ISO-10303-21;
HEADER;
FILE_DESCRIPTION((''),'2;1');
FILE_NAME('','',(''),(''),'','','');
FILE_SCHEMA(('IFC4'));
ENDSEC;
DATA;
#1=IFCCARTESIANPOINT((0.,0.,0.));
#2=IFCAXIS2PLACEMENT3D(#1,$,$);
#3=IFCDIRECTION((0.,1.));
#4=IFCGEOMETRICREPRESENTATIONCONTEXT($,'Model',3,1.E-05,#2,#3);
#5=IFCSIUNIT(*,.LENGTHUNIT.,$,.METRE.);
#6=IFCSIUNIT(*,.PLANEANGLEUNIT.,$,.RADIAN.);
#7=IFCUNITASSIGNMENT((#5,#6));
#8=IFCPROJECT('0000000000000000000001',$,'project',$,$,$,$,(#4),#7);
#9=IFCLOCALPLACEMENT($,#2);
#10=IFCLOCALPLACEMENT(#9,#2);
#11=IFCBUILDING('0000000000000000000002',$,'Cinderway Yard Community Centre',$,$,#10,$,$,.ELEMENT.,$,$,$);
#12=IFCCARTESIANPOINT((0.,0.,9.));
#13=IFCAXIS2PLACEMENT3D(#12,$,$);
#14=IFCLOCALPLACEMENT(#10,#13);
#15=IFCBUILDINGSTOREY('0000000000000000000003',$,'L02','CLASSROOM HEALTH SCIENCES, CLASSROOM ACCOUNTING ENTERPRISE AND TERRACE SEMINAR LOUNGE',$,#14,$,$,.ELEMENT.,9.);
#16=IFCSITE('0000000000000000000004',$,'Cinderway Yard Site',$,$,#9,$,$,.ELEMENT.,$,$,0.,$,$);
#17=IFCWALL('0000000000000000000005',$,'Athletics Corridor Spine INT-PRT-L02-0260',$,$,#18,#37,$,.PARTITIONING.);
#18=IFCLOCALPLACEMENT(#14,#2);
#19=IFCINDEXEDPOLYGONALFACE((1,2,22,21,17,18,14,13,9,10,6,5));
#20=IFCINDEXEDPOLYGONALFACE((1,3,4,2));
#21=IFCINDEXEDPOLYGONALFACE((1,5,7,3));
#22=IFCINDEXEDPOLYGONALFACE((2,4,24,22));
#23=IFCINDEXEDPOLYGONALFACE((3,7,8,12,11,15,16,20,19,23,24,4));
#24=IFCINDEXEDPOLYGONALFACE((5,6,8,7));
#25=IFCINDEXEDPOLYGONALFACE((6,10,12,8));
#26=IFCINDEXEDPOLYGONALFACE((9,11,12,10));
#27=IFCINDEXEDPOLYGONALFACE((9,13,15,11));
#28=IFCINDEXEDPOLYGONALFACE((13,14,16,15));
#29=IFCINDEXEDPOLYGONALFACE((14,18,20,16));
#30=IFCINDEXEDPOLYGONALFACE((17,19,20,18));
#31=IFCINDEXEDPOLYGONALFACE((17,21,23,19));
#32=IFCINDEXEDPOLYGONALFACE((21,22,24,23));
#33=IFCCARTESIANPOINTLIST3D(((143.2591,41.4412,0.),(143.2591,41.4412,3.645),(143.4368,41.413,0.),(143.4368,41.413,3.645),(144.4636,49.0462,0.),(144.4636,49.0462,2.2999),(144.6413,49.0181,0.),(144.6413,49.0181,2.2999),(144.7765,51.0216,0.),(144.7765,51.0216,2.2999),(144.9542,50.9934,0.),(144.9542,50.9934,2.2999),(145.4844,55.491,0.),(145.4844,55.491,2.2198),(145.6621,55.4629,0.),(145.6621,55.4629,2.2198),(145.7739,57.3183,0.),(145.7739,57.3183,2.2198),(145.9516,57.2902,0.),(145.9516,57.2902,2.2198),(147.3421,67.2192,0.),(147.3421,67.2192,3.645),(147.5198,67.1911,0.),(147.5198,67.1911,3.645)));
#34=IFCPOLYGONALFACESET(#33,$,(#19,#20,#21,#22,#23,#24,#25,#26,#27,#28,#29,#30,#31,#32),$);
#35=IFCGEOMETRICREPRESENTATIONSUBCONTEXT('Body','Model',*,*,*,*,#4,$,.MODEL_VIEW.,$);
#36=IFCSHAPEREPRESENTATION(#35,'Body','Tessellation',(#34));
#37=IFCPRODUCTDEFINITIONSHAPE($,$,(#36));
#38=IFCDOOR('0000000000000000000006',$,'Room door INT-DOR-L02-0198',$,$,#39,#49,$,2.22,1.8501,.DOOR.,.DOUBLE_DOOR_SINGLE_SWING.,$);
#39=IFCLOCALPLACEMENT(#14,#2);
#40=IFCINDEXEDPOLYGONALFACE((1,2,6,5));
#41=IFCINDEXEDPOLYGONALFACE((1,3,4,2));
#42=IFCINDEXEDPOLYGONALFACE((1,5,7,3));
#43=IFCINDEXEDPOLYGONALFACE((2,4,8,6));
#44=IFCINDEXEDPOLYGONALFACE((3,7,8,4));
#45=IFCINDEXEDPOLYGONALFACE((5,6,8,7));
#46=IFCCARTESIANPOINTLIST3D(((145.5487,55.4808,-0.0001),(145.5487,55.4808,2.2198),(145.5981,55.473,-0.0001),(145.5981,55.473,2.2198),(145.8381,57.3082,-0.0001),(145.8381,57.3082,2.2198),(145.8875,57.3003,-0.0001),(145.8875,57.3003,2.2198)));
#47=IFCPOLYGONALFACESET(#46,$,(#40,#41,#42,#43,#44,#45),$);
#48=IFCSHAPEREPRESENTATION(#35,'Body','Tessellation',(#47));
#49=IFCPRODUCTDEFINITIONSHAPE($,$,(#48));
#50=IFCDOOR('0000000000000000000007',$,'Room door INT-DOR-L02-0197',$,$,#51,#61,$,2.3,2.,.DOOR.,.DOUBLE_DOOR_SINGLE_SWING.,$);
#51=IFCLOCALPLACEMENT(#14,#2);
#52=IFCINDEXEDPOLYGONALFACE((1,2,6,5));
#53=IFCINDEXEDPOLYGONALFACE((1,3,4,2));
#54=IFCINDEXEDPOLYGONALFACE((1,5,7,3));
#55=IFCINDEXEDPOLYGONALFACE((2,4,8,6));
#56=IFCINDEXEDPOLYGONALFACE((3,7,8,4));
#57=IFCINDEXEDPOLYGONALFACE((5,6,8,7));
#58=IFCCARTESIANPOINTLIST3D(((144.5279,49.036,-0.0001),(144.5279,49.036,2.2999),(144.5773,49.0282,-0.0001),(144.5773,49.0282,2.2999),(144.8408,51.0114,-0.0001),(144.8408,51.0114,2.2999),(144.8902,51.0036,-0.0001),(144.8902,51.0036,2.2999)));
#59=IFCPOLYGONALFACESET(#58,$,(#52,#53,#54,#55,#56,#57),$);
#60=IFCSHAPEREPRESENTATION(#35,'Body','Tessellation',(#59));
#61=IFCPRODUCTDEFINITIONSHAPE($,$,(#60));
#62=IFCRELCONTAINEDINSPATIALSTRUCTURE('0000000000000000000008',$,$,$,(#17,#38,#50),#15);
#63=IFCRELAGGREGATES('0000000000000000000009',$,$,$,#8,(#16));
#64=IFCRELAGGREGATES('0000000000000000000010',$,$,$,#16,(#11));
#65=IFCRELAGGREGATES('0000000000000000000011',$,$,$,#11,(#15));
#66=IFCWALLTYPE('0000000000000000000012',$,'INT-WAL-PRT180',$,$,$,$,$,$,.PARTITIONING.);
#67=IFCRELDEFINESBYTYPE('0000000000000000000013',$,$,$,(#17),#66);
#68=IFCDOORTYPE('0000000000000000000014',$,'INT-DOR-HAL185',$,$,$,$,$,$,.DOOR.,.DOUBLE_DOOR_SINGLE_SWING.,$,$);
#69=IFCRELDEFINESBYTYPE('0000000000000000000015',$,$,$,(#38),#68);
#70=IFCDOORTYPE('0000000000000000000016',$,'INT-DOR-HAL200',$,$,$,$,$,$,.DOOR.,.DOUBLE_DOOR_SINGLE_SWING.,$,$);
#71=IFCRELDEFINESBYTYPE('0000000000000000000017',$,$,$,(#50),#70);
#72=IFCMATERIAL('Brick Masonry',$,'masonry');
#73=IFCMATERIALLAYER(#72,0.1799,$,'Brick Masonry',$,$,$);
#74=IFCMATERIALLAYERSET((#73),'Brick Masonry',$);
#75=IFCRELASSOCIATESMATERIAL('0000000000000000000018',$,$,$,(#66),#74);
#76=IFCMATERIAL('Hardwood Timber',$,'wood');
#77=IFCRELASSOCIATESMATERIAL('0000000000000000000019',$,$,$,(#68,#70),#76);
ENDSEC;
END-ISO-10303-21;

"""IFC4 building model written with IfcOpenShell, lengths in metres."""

from ifc_helpers import new_model, si_unit, direction, frame, frame_2d, origin, place, context, subcontext, project, spatial, rectangle, extrude, material, layer, layer_set, type_object, element, fill, save


model = new_model("IFC4")

# Units and contexts
model_context = context("Model", 3, precision=1e-05, world=origin(), true_north=direction((0.0, 1.0)))
body_context = subcontext(model_context, "Body", "Model", "MODEL_VIEW")
ifc_project = project(units=[si_unit("LENGTHUNIT", "METRE"), si_unit("PLANEANGLEUNIT", "RADIAN")], contexts=[model_context])

# Site, building, storey
site_placement = place(None, origin())
site = spatial("IfcSite", under=ifc_project, at=site_placement, Name="Cinderway Yard Site", CompositionType="ELEMENT", RefElevation=0.0)
building_placement = place(site_placement, origin())
building = spatial("IfcBuilding", under=site, at=building_placement, Name="Cinderway Yard Community Centre", CompositionType="ELEMENT")
storey_placement = place(building_placement, frame((0.0, 0.0, 9.0)))
storey = spatial("IfcBuildingStorey", under=building, at=storey_placement, Name="L02", Description="CLASSROOM HEALTH SCIENCES, CLASSROOM ACCOUNTING ENTERPRISE AND TERRACE SEMINAR LOUNGE", CompositionType="ELEMENT", Elevation=9.0)

# Wall, openings, doors
ifc_material_1 = material(Name="Brick Masonry", Category="masonry")
ifc_layer_1 = layer(ifc_material_1, 0.1799, Name="Brick Masonry")
ifc_layer_set_1 = layer_set([ifc_layer_1], Name="Brick Masonry")
wall_type_1 = type_object("IfcWallType", Name="INT-WAL-PRT180", PredefinedType="PARTITIONING", material=ifc_layer_set_1)
wall_1_placement = place(storey_placement, frame((143.3479, 41.427, 0.0), z_axis=(0.0, 0.0, 1.0), x_axis=(0.156441, 0.987687, 0.0)))
wall_1 = element("IfcWall", 1, at=wall_1_placement, inside=storey, type_object=wall_type_1, Name="Athletics Corridor Spine INT-PRT-L02-0260", PredefinedType="PARTITIONING", context=body_context, shape_type="SweptSolid", body=[
    extrude(rectangle(XDim=26.0994, YDim=0.1799, at=frame_2d((13.0498, 0.0))), origin(), (0.0, 0.0, 1.0), 3.645),
])
opening_1_placement = place(wall_1_placement, frame((7.7, 0.0, 0.0)))
opening_1 = element("IfcOpeningElement", 2, at=opening_1_placement, cuts=wall_1, PredefinedType="OPENING", context=body_context, shape_type="SweptSolid", body=[
    extrude(rectangle(XDim=2.0, YDim=2.3, at=frame_2d((1.0, 1.1499))), frame((0.0, 0.0999, 0.0), z_axis=(0.0, -1.0, 0.0), x_axis=(1.0, 0.0, 0.0)), (0.0, 0.0, 1.0), 0.2),
])
opening_2_placement = place(wall_1_placement, frame((14.2251, 0.0, 0.0)))
opening_2 = element("IfcOpeningElement", 3, at=opening_2_placement, cuts=wall_1, PredefinedType="OPENING", context=body_context, shape_type="SweptSolid", body=[
    extrude(rectangle(XDim=1.8501, YDim=2.22, at=frame_2d((0.925, 1.1099))), frame((0.0, 0.0999, 0.0), z_axis=(0.0, -1.0, 0.0), x_axis=(1.0, 0.0, 0.0)), (0.0, 0.0, 1.0), 0.2),
])
ifc_material_2 = material(Name="Hardwood Timber", Category="wood")
door_type_1 = type_object("IfcDoorType", Name="INT-DOR-HAL185", OperationType="DOUBLE_DOOR_SINGLE_SWING", PredefinedType="DOOR", material=ifc_material_2)
door_1_placement = place(opening_2_placement, origin())
door_1 = element("IfcDoor", 4, at=door_1_placement, inside=storey, type_object=door_type_1, Name="Room door INT-DOR-L02-0198", OperationType="DOUBLE_DOOR_SINGLE_SWING", OverallHeight=2.22, OverallWidth=1.8501, PredefinedType="DOOR", context=body_context, shape_type="SweptSolid", body=[
    extrude(rectangle(XDim=1.8501, YDim=2.22, at=frame_2d((0.925, 1.1099))), frame((0.0, 0.0249, 0.0), z_axis=(0.0, -1.0, 0.0), x_axis=(1.0, 0.0, 0.0)), (0.0, 0.0, 1.0), 0.05),
])
fill(opening_2, door_1)
door_type_2 = type_object("IfcDoorType", Name="INT-DOR-HAL200", OperationType="DOUBLE_DOOR_SINGLE_SWING", PredefinedType="DOOR", material=ifc_material_2)
door_2_placement = place(opening_1_placement, origin())
door_2 = element("IfcDoor", 5, at=door_2_placement, inside=storey, type_object=door_type_2, Name="Room door INT-DOR-L02-0197", OperationType="DOUBLE_DOOR_SINGLE_SWING", OverallHeight=2.3, OverallWidth=2.0, PredefinedType="DOOR", context=body_context, shape_type="SweptSolid", body=[
    extrude(rectangle(XDim=2.0, YDim=2.3, at=frame_2d((1.0, 1.1499))), frame((0.0, 0.0249, 0.0), z_axis=(0.0, -1.0, 0.0), x_axis=(1.0, 0.0, 0.0)), (0.0, 0.0, 1.0), 0.05),
])
fill(opening_1, door_2)

save(model, "model.ifc")
